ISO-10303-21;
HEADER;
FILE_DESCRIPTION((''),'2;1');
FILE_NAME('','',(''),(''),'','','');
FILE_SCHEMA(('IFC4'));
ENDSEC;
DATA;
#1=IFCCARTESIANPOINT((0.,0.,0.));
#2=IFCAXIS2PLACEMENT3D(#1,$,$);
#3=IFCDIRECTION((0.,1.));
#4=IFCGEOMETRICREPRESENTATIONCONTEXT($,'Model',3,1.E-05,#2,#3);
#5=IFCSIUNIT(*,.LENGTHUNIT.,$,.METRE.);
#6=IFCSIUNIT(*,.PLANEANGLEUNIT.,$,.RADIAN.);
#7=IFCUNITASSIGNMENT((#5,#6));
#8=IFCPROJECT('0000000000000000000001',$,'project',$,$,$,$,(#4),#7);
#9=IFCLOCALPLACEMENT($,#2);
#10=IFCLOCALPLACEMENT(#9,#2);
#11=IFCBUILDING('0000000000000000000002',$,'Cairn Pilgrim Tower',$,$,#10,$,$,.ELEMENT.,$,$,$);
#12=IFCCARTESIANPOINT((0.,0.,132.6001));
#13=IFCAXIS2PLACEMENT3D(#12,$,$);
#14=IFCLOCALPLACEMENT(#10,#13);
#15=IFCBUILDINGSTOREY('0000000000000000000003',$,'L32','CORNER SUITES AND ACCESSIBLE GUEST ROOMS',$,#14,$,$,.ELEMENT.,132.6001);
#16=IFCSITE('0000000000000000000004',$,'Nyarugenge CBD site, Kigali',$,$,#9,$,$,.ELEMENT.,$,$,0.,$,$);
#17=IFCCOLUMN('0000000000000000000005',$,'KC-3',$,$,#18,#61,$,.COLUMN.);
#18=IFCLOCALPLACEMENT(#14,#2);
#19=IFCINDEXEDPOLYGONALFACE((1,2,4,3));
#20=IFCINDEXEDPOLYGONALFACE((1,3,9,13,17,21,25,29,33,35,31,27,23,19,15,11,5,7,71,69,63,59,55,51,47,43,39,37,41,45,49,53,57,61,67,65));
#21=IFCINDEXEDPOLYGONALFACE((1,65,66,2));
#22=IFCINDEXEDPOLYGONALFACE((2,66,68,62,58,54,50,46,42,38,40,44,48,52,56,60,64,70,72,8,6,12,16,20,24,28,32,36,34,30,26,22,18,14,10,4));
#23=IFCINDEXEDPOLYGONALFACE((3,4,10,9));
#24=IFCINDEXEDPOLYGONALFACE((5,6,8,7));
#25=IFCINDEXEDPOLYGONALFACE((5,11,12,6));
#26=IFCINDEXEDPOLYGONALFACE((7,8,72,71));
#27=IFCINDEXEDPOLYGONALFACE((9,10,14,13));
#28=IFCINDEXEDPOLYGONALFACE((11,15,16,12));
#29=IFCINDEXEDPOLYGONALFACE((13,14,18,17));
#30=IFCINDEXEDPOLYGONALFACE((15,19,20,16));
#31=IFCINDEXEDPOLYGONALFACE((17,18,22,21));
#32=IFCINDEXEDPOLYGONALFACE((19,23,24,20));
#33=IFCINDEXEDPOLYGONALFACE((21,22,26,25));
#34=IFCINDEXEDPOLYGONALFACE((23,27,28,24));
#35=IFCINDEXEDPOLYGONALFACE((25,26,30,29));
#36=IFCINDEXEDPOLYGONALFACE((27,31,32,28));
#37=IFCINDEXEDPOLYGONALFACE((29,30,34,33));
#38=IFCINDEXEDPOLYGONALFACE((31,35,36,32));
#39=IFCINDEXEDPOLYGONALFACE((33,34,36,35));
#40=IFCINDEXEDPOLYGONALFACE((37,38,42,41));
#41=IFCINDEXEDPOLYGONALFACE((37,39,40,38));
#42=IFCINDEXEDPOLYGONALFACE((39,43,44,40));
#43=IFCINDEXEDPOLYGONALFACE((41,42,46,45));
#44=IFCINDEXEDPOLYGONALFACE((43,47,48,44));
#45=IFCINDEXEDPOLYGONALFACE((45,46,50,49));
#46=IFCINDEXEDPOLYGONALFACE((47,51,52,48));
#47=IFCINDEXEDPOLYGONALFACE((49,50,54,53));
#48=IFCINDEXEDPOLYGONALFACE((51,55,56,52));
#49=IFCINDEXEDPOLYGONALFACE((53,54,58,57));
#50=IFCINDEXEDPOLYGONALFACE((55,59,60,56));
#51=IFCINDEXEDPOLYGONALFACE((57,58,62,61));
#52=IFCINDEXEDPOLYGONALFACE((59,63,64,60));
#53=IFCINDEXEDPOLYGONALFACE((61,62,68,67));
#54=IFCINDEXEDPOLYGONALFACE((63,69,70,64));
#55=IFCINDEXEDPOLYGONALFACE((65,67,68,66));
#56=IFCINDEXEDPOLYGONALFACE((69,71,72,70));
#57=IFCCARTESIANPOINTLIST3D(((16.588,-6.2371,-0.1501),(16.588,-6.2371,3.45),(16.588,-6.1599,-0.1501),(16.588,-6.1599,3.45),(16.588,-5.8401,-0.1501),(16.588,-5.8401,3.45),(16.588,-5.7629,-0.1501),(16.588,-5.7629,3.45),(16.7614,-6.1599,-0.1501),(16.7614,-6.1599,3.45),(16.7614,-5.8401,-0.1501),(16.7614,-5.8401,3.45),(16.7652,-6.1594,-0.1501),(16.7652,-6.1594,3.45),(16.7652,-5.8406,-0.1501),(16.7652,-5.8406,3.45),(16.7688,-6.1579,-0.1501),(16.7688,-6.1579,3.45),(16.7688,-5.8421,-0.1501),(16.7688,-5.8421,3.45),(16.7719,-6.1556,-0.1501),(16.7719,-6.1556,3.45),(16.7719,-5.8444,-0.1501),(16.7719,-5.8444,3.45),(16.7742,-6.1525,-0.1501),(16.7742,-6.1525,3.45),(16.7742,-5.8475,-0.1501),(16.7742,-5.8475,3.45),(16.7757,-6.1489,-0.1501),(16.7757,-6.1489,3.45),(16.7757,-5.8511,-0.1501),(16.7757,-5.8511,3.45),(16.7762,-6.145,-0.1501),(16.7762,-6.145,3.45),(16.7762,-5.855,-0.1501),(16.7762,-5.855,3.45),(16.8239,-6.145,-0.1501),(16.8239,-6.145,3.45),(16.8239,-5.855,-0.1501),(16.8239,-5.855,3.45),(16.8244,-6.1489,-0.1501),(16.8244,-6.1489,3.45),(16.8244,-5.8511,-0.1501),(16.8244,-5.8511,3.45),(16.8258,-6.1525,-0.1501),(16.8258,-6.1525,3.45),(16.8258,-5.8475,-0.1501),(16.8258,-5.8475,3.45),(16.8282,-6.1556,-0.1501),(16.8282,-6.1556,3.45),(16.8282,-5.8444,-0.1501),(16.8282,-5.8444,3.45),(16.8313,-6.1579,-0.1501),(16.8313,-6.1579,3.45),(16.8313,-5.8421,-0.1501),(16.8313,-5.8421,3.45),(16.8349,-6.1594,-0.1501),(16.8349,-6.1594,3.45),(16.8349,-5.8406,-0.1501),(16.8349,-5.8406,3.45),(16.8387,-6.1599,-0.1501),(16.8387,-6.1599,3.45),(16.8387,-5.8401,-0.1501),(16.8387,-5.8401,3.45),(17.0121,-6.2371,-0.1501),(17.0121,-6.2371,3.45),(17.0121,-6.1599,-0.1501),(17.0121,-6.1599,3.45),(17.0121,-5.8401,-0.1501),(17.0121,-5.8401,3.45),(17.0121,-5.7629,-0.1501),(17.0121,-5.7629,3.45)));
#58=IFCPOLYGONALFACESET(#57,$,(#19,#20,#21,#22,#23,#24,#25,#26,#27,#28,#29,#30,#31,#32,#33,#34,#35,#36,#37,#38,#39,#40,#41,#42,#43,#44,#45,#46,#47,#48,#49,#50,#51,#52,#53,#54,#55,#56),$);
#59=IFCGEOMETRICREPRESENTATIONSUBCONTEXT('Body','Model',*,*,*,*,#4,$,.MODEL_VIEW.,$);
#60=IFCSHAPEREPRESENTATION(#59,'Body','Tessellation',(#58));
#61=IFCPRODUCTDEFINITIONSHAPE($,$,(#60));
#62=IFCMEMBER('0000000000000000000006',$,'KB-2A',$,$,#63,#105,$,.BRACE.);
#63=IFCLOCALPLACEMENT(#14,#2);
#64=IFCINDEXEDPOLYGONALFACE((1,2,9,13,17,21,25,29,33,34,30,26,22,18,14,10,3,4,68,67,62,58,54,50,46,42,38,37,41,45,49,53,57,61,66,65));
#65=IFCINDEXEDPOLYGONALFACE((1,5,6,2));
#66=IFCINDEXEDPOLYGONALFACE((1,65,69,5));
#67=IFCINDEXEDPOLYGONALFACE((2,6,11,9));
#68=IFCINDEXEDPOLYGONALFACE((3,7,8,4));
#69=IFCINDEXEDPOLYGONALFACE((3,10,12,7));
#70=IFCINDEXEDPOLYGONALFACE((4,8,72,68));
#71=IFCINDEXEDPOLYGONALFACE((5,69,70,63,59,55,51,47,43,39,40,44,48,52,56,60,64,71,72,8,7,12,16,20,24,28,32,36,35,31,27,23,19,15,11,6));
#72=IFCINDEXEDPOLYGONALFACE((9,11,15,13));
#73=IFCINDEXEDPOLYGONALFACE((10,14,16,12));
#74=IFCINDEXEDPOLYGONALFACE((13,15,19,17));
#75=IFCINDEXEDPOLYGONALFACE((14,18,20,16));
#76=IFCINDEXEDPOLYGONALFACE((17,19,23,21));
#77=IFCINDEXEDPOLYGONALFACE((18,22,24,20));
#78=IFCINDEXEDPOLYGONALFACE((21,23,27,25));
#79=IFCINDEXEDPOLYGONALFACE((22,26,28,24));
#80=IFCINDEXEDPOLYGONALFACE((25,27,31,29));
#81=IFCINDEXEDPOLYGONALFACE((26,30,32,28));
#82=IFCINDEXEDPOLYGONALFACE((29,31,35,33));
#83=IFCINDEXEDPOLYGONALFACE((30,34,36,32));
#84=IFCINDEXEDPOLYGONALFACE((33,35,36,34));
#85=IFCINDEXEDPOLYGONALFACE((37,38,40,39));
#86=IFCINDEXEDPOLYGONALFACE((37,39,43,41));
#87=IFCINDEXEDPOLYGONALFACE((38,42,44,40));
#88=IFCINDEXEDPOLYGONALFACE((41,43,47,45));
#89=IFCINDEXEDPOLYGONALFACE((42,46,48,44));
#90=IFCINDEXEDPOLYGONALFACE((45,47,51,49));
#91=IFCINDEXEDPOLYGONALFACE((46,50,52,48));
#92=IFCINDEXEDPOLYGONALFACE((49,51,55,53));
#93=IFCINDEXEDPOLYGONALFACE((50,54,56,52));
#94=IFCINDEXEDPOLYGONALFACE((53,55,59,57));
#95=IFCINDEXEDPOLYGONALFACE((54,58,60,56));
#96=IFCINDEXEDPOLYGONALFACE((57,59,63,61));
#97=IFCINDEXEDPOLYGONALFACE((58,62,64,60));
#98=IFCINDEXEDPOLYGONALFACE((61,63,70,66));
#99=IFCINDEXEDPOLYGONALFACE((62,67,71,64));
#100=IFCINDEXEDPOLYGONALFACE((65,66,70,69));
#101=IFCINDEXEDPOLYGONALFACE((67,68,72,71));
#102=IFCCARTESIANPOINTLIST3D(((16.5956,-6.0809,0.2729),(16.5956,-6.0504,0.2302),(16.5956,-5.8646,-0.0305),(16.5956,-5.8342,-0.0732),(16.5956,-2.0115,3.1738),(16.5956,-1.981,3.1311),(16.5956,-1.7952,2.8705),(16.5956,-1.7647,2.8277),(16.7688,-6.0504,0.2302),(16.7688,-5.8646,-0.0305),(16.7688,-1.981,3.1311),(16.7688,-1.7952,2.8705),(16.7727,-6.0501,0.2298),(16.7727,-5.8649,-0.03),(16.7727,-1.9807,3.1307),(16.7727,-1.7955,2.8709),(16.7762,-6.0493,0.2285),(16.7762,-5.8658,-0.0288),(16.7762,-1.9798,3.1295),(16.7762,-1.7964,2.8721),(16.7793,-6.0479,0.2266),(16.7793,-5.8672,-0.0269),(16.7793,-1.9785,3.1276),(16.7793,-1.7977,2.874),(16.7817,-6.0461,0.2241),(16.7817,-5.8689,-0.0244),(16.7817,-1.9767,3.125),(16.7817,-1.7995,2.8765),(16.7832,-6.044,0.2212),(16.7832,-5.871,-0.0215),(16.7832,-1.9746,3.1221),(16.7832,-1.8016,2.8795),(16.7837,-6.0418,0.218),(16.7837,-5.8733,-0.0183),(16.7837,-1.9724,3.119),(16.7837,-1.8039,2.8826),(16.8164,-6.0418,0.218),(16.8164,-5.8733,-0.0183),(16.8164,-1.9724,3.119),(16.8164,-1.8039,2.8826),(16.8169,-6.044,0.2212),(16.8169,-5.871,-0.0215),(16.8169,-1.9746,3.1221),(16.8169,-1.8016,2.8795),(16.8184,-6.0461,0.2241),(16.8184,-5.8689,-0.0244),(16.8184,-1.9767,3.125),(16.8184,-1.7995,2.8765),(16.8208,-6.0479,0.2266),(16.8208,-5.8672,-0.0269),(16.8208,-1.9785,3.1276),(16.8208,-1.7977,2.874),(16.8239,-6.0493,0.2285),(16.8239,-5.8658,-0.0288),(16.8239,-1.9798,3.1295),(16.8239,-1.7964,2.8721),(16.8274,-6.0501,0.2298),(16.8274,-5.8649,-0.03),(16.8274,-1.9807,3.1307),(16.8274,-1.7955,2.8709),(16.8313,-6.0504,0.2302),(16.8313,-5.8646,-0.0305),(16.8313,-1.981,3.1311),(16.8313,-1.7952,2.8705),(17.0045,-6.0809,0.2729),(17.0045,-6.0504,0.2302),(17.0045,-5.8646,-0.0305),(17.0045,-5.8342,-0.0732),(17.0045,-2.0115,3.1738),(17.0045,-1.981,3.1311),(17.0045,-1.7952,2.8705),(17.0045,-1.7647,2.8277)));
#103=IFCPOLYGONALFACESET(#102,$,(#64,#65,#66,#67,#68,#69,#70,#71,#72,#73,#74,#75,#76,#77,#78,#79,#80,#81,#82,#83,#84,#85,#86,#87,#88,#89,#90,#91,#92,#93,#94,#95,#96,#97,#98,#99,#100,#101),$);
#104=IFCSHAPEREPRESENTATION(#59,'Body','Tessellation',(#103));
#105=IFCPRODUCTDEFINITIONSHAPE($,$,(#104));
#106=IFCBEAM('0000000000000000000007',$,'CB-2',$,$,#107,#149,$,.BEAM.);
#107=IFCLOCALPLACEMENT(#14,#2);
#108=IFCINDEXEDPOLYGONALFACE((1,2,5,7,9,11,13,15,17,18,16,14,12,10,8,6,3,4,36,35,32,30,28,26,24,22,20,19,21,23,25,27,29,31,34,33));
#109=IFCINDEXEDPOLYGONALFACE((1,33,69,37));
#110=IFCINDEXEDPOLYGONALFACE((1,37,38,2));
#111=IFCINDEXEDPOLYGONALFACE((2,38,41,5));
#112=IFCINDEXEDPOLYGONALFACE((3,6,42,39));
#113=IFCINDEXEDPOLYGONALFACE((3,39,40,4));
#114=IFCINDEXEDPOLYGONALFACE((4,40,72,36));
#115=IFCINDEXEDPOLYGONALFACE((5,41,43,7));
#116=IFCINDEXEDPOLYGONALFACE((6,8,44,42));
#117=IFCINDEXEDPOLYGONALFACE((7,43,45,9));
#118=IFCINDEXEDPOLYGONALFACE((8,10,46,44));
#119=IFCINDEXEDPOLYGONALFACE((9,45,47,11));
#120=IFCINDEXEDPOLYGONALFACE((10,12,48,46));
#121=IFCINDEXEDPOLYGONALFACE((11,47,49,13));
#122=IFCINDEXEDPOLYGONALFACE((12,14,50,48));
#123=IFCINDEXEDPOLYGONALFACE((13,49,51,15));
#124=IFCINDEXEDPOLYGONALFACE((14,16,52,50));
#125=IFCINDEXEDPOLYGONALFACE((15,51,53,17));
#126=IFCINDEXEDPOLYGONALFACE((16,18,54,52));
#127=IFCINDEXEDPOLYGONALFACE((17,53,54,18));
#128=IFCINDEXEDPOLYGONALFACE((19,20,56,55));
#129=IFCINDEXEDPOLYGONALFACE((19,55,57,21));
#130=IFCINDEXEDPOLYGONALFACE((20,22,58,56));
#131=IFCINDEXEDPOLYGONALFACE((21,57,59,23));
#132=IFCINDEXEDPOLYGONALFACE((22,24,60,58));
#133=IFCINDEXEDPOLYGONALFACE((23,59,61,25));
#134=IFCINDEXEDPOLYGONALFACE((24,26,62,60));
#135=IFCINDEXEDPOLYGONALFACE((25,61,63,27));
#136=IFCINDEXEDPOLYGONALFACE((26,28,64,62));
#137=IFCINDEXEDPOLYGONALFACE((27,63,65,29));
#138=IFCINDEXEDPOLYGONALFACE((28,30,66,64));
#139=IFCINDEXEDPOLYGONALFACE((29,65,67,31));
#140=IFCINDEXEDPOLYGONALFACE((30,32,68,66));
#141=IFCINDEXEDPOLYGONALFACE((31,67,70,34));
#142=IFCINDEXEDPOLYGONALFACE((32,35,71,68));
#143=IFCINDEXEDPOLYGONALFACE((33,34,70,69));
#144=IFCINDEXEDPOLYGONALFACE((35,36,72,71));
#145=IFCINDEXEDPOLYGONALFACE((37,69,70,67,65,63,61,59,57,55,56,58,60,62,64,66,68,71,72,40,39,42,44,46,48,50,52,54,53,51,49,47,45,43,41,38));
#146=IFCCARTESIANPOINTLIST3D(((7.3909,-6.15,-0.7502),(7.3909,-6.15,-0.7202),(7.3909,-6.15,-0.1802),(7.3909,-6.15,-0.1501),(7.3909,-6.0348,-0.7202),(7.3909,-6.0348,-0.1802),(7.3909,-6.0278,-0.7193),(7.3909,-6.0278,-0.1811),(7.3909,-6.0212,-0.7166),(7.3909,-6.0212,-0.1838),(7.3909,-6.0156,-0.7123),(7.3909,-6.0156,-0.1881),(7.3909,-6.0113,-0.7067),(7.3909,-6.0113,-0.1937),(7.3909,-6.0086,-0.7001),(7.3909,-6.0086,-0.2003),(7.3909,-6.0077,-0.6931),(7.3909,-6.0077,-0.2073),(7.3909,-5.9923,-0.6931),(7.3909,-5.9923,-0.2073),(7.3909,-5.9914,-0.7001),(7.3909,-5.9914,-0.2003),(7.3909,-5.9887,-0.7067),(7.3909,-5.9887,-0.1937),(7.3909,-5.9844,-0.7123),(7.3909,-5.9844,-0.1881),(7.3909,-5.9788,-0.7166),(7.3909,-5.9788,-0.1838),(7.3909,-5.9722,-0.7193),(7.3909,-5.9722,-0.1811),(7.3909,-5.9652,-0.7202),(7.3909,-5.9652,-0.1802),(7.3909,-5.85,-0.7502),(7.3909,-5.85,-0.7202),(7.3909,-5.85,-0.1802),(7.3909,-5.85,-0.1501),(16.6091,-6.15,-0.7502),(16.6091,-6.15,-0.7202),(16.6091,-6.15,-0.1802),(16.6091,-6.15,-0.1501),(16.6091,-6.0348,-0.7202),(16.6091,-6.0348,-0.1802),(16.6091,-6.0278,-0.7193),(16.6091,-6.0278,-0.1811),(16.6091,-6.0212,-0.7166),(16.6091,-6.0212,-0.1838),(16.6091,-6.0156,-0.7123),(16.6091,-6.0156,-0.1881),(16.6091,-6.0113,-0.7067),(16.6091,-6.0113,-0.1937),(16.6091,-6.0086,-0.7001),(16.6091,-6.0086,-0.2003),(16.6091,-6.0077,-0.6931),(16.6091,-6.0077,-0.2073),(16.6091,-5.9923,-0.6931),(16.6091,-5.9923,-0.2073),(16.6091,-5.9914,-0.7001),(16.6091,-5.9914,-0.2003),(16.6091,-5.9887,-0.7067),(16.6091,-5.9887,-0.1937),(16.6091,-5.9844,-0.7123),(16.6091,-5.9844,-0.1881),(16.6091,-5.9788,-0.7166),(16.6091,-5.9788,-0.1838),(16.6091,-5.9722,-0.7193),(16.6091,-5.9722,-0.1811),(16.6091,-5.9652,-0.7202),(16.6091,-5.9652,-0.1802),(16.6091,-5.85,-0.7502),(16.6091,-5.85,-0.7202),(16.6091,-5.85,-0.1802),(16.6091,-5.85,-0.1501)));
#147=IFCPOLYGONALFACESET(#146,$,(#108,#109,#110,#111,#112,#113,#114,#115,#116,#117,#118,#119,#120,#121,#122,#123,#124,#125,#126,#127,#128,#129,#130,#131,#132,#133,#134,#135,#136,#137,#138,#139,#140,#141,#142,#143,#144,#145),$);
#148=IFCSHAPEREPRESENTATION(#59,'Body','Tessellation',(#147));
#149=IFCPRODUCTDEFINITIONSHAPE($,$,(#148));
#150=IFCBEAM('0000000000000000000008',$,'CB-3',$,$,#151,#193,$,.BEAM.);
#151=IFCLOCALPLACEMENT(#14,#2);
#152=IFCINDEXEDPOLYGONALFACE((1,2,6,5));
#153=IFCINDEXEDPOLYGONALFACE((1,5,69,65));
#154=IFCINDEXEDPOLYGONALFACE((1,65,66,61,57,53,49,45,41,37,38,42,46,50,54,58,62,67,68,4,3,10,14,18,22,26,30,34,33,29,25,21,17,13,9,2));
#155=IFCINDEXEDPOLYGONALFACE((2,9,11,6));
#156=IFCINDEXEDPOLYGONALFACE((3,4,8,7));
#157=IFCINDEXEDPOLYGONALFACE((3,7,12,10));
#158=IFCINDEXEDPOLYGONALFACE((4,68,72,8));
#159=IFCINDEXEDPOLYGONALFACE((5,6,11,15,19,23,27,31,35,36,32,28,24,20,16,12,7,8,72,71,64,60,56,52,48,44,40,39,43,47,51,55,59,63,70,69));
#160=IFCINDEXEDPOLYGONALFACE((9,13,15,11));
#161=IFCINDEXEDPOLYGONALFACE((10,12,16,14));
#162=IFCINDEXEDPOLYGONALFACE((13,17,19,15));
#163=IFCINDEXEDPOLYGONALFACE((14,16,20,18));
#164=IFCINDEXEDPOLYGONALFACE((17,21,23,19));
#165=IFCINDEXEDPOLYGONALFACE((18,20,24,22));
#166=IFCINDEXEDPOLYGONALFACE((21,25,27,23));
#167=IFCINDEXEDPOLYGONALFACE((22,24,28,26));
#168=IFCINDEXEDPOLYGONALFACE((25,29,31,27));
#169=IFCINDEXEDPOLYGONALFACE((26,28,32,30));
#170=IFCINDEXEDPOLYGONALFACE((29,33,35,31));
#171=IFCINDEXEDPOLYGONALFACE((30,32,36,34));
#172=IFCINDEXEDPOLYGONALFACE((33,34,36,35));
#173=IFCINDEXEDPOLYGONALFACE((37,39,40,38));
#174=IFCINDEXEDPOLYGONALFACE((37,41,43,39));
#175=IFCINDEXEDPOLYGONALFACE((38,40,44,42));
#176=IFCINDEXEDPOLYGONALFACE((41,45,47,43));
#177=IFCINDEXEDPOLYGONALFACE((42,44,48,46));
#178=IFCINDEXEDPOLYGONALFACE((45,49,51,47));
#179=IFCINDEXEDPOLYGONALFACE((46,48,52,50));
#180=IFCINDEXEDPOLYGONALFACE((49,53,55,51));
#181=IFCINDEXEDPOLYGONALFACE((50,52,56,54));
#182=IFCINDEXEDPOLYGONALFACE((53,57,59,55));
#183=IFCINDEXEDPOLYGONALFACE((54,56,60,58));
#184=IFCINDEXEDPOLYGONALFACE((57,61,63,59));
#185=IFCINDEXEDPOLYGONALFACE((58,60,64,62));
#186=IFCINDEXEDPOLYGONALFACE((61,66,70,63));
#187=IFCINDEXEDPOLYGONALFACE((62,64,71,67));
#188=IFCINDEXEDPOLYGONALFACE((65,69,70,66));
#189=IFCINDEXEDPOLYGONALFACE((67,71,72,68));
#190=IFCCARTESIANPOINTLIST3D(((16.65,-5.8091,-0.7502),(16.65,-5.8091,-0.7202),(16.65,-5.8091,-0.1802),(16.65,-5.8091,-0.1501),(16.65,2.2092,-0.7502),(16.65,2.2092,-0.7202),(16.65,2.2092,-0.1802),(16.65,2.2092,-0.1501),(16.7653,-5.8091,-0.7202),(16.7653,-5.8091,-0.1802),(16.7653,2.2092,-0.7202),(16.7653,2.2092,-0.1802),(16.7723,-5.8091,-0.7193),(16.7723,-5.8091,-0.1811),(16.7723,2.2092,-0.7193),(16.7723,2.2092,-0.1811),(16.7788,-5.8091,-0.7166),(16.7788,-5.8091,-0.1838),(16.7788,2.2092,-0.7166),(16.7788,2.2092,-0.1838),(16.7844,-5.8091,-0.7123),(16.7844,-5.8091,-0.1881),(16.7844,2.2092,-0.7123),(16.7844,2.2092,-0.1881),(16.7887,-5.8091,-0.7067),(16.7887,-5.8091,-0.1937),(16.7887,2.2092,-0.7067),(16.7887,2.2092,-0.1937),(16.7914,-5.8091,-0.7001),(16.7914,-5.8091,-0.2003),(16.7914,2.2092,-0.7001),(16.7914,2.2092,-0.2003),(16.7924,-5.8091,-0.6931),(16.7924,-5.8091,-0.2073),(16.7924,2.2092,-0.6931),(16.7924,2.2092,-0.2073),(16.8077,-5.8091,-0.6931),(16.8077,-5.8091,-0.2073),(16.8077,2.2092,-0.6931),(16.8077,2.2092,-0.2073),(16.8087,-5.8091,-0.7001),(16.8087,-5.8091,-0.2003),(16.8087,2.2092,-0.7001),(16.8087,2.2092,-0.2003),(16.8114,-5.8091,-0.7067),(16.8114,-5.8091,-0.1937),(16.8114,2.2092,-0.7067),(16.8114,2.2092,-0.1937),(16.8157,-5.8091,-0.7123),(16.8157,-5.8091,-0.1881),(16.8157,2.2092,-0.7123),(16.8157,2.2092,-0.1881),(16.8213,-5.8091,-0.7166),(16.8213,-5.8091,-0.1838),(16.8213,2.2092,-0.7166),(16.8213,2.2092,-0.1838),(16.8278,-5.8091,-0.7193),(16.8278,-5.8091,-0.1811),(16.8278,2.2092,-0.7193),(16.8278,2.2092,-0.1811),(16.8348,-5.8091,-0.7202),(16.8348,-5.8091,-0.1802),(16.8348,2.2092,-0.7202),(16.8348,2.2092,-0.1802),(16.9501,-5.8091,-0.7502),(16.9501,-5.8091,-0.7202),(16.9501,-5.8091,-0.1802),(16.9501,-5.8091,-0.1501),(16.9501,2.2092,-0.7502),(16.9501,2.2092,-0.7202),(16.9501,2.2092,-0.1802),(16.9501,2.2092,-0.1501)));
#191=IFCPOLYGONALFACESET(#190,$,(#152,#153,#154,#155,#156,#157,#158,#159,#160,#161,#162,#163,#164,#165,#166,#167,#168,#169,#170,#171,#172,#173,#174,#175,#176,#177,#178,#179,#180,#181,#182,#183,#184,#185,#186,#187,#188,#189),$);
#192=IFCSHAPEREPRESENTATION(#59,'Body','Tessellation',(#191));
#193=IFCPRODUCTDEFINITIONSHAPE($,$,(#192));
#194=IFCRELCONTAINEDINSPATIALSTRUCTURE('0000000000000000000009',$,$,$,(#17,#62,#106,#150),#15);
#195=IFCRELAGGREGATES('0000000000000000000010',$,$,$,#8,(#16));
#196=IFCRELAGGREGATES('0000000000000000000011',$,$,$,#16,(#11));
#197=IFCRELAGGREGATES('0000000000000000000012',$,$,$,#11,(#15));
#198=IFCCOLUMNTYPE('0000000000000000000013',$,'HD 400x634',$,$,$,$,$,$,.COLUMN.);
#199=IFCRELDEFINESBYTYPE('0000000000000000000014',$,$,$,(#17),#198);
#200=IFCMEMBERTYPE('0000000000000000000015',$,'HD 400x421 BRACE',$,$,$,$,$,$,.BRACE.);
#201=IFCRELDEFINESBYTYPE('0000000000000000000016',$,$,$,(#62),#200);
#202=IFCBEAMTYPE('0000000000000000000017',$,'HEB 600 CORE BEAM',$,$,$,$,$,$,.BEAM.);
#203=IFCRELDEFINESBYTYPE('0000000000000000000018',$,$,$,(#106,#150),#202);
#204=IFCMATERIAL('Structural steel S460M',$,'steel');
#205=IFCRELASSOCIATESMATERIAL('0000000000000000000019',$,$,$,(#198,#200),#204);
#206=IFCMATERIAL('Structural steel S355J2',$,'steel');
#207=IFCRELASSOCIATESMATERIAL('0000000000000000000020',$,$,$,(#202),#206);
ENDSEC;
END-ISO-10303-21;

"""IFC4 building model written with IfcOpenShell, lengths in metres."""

from ifc_helpers import new_model, si_unit, direction, frame, origin, origin_2d, place, context, subcontext, project, spatial, i_section, extrude, material, material_profile, profile_set, type_object, element, save


model = new_model("IFC4")

# Units and contexts
model_context = context("Model", 3, precision=1e-05, world=origin(), true_north=direction((0.0, 1.0)))
body_context = subcontext(model_context, "Body", "Model", "MODEL_VIEW")
ifc_project = project(units=[si_unit("LENGTHUNIT", "METRE"), si_unit("PLANEANGLEUNIT", "RADIAN")], contexts=[model_context])

# Site, building, storey
site_placement = place(None, origin())
site = spatial("IfcSite", under=ifc_project, at=site_placement, Name="Nyarugenge CBD site, Kigali", CompositionType="ELEMENT", RefElevation=0.0)
building_placement = place(site_placement, origin())
building = spatial("IfcBuilding", under=site, at=building_placement, Name="Cairn Pilgrim Tower", CompositionType="ELEMENT")
storey_placement = place(building_placement, frame((0.0, 0.0, 132.6001)))
storey = spatial("IfcBuildingStorey", under=building, at=storey_placement, Name="L32", Description="CORNER SUITES AND ACCESSIBLE GUEST ROOMS", CompositionType="ELEMENT", Elevation=132.6001)

# Column
ifc_material_1 = material(Name="Structural steel S460M", Category="steel")
ifc_material_profile_1 = material_profile(ifc_material_1, i_section(OverallWidth=0.4241, OverallDepth=0.4741, WebThickness=0.0476, FlangeThickness=0.0771, FilletRadius=0.0149, at=origin_2d()), Name="HD 400x634")
ifc_profile_set_1 = profile_set([ifc_material_profile_1], Name="Structural steel S460M")
column_type = type_object("IfcColumnType", Name="HD 400x634", PredefinedType="COLUMN", material=ifc_profile_set_1)
column_placement = place(storey_placement, frame((16.8, -6.0, -0.1501), z_axis=(0.0, 0.0, 1.0), x_axis=(1.0, 0.0, 0.0)))
element("IfcColumn", 1, at=column_placement, inside=storey, type_object=column_type, Name="KC-3", PredefinedType="COLUMN", context=body_context, shape_type="SweptSolid", body=[
    extrude(i_section(OverallWidth=0.4241, OverallDepth=0.4741, WebThickness=0.0476, FlangeThickness=0.0771, FilletRadius=0.0149, at=origin_2d()), origin(), (0.0, 0.0, 1.0), 3.6001),
])

# Member
ifc_material_profile_2 = material_profile(ifc_material_1, i_section(OverallWidth=0.4089, OverallDepth=0.425, WebThickness=0.0327, FlangeThickness=0.0525, FilletRadius=0.0149, at=origin_2d()), Name="HD 400x421")
ifc_profile_set_2 = profile_set([ifc_material_profile_2], Name="Structural steel S460M")
member_type = type_object("IfcMemberType", Name="HD 400x421 BRACE", PredefinedType="BRACE", material=ifc_profile_set_2)
member_placement = place(storey_placement, frame((16.8, -5.9575, 0.0999), z_axis=(0.0, 0.814281, 0.580471), x_axis=(-1.0, 0.0, 0.0)))
element("IfcMember", 2, at=member_placement, inside=storey, type_object=member_type, Name="KB-2A", PredefinedType="BRACE", context=body_context, shape_type="SweptSolid", body=[
    extrude(i_section(OverallWidth=0.4089, OverallDepth=0.425, WebThickness=0.0327, FlangeThickness=0.0525, FilletRadius=0.0149, at=origin_2d()), origin(), (0.0, 0.0, 1.0), 4.9976),
])

# Beams
ifc_material_2 = material(Name="Structural steel S355J2", Category="steel")
ifc_material_profile_3 = material_profile(ifc_material_2, i_section(OverallWidth=0.3, OverallDepth=0.6001, WebThickness=0.0154, FlangeThickness=0.03, FilletRadius=0.0271, at=origin_2d()), Name="HEB 600")
ifc_profile_set_3 = profile_set([ifc_material_profile_3], Name="Structural steel S355J2")
beam_type_1 = type_object("IfcBeamType", Name="HEB 600 CORE BEAM", PredefinedType="BEAM", material=ifc_profile_set_3)
beam_1_placement = place(storey_placement, frame((7.3909, -6.0, -0.4502), z_axis=(1.0, 0.0, 0.0), x_axis=(0.0, 1.0, 0.0)))
element("IfcBeam", 3, at=beam_1_placement, inside=storey, type_object=beam_type_1, Name="CB-2", PredefinedType="BEAM", context=body_context, shape_type="SweptSolid", body=[
    extrude(i_section(OverallWidth=0.3, OverallDepth=0.6001, WebThickness=0.0154, FlangeThickness=0.03, FilletRadius=0.0271, at=origin_2d()), origin(), (0.0, 0.0, 1.0), 9.2183),
])
beam_2_placement = place(storey_placement, frame((16.8, -5.8091, -0.4502), z_axis=(0.0, 1.0, 0.0), x_axis=(-1.0, 0.0, 0.0)))
element("IfcBeam", 4, at=beam_2_placement, inside=storey, type_object=beam_type_1, Name="CB-3", PredefinedType="BEAM", context=body_context, shape_type="SweptSolid", body=[
    extrude(i_section(OverallWidth=0.3, OverallDepth=0.6001, WebThickness=0.0154, FlangeThickness=0.03, FilletRadius=0.0271, at=origin_2d()), origin(), (0.0, 0.0, 1.0), 8.0183),
])

save(model, "model.ifc")
